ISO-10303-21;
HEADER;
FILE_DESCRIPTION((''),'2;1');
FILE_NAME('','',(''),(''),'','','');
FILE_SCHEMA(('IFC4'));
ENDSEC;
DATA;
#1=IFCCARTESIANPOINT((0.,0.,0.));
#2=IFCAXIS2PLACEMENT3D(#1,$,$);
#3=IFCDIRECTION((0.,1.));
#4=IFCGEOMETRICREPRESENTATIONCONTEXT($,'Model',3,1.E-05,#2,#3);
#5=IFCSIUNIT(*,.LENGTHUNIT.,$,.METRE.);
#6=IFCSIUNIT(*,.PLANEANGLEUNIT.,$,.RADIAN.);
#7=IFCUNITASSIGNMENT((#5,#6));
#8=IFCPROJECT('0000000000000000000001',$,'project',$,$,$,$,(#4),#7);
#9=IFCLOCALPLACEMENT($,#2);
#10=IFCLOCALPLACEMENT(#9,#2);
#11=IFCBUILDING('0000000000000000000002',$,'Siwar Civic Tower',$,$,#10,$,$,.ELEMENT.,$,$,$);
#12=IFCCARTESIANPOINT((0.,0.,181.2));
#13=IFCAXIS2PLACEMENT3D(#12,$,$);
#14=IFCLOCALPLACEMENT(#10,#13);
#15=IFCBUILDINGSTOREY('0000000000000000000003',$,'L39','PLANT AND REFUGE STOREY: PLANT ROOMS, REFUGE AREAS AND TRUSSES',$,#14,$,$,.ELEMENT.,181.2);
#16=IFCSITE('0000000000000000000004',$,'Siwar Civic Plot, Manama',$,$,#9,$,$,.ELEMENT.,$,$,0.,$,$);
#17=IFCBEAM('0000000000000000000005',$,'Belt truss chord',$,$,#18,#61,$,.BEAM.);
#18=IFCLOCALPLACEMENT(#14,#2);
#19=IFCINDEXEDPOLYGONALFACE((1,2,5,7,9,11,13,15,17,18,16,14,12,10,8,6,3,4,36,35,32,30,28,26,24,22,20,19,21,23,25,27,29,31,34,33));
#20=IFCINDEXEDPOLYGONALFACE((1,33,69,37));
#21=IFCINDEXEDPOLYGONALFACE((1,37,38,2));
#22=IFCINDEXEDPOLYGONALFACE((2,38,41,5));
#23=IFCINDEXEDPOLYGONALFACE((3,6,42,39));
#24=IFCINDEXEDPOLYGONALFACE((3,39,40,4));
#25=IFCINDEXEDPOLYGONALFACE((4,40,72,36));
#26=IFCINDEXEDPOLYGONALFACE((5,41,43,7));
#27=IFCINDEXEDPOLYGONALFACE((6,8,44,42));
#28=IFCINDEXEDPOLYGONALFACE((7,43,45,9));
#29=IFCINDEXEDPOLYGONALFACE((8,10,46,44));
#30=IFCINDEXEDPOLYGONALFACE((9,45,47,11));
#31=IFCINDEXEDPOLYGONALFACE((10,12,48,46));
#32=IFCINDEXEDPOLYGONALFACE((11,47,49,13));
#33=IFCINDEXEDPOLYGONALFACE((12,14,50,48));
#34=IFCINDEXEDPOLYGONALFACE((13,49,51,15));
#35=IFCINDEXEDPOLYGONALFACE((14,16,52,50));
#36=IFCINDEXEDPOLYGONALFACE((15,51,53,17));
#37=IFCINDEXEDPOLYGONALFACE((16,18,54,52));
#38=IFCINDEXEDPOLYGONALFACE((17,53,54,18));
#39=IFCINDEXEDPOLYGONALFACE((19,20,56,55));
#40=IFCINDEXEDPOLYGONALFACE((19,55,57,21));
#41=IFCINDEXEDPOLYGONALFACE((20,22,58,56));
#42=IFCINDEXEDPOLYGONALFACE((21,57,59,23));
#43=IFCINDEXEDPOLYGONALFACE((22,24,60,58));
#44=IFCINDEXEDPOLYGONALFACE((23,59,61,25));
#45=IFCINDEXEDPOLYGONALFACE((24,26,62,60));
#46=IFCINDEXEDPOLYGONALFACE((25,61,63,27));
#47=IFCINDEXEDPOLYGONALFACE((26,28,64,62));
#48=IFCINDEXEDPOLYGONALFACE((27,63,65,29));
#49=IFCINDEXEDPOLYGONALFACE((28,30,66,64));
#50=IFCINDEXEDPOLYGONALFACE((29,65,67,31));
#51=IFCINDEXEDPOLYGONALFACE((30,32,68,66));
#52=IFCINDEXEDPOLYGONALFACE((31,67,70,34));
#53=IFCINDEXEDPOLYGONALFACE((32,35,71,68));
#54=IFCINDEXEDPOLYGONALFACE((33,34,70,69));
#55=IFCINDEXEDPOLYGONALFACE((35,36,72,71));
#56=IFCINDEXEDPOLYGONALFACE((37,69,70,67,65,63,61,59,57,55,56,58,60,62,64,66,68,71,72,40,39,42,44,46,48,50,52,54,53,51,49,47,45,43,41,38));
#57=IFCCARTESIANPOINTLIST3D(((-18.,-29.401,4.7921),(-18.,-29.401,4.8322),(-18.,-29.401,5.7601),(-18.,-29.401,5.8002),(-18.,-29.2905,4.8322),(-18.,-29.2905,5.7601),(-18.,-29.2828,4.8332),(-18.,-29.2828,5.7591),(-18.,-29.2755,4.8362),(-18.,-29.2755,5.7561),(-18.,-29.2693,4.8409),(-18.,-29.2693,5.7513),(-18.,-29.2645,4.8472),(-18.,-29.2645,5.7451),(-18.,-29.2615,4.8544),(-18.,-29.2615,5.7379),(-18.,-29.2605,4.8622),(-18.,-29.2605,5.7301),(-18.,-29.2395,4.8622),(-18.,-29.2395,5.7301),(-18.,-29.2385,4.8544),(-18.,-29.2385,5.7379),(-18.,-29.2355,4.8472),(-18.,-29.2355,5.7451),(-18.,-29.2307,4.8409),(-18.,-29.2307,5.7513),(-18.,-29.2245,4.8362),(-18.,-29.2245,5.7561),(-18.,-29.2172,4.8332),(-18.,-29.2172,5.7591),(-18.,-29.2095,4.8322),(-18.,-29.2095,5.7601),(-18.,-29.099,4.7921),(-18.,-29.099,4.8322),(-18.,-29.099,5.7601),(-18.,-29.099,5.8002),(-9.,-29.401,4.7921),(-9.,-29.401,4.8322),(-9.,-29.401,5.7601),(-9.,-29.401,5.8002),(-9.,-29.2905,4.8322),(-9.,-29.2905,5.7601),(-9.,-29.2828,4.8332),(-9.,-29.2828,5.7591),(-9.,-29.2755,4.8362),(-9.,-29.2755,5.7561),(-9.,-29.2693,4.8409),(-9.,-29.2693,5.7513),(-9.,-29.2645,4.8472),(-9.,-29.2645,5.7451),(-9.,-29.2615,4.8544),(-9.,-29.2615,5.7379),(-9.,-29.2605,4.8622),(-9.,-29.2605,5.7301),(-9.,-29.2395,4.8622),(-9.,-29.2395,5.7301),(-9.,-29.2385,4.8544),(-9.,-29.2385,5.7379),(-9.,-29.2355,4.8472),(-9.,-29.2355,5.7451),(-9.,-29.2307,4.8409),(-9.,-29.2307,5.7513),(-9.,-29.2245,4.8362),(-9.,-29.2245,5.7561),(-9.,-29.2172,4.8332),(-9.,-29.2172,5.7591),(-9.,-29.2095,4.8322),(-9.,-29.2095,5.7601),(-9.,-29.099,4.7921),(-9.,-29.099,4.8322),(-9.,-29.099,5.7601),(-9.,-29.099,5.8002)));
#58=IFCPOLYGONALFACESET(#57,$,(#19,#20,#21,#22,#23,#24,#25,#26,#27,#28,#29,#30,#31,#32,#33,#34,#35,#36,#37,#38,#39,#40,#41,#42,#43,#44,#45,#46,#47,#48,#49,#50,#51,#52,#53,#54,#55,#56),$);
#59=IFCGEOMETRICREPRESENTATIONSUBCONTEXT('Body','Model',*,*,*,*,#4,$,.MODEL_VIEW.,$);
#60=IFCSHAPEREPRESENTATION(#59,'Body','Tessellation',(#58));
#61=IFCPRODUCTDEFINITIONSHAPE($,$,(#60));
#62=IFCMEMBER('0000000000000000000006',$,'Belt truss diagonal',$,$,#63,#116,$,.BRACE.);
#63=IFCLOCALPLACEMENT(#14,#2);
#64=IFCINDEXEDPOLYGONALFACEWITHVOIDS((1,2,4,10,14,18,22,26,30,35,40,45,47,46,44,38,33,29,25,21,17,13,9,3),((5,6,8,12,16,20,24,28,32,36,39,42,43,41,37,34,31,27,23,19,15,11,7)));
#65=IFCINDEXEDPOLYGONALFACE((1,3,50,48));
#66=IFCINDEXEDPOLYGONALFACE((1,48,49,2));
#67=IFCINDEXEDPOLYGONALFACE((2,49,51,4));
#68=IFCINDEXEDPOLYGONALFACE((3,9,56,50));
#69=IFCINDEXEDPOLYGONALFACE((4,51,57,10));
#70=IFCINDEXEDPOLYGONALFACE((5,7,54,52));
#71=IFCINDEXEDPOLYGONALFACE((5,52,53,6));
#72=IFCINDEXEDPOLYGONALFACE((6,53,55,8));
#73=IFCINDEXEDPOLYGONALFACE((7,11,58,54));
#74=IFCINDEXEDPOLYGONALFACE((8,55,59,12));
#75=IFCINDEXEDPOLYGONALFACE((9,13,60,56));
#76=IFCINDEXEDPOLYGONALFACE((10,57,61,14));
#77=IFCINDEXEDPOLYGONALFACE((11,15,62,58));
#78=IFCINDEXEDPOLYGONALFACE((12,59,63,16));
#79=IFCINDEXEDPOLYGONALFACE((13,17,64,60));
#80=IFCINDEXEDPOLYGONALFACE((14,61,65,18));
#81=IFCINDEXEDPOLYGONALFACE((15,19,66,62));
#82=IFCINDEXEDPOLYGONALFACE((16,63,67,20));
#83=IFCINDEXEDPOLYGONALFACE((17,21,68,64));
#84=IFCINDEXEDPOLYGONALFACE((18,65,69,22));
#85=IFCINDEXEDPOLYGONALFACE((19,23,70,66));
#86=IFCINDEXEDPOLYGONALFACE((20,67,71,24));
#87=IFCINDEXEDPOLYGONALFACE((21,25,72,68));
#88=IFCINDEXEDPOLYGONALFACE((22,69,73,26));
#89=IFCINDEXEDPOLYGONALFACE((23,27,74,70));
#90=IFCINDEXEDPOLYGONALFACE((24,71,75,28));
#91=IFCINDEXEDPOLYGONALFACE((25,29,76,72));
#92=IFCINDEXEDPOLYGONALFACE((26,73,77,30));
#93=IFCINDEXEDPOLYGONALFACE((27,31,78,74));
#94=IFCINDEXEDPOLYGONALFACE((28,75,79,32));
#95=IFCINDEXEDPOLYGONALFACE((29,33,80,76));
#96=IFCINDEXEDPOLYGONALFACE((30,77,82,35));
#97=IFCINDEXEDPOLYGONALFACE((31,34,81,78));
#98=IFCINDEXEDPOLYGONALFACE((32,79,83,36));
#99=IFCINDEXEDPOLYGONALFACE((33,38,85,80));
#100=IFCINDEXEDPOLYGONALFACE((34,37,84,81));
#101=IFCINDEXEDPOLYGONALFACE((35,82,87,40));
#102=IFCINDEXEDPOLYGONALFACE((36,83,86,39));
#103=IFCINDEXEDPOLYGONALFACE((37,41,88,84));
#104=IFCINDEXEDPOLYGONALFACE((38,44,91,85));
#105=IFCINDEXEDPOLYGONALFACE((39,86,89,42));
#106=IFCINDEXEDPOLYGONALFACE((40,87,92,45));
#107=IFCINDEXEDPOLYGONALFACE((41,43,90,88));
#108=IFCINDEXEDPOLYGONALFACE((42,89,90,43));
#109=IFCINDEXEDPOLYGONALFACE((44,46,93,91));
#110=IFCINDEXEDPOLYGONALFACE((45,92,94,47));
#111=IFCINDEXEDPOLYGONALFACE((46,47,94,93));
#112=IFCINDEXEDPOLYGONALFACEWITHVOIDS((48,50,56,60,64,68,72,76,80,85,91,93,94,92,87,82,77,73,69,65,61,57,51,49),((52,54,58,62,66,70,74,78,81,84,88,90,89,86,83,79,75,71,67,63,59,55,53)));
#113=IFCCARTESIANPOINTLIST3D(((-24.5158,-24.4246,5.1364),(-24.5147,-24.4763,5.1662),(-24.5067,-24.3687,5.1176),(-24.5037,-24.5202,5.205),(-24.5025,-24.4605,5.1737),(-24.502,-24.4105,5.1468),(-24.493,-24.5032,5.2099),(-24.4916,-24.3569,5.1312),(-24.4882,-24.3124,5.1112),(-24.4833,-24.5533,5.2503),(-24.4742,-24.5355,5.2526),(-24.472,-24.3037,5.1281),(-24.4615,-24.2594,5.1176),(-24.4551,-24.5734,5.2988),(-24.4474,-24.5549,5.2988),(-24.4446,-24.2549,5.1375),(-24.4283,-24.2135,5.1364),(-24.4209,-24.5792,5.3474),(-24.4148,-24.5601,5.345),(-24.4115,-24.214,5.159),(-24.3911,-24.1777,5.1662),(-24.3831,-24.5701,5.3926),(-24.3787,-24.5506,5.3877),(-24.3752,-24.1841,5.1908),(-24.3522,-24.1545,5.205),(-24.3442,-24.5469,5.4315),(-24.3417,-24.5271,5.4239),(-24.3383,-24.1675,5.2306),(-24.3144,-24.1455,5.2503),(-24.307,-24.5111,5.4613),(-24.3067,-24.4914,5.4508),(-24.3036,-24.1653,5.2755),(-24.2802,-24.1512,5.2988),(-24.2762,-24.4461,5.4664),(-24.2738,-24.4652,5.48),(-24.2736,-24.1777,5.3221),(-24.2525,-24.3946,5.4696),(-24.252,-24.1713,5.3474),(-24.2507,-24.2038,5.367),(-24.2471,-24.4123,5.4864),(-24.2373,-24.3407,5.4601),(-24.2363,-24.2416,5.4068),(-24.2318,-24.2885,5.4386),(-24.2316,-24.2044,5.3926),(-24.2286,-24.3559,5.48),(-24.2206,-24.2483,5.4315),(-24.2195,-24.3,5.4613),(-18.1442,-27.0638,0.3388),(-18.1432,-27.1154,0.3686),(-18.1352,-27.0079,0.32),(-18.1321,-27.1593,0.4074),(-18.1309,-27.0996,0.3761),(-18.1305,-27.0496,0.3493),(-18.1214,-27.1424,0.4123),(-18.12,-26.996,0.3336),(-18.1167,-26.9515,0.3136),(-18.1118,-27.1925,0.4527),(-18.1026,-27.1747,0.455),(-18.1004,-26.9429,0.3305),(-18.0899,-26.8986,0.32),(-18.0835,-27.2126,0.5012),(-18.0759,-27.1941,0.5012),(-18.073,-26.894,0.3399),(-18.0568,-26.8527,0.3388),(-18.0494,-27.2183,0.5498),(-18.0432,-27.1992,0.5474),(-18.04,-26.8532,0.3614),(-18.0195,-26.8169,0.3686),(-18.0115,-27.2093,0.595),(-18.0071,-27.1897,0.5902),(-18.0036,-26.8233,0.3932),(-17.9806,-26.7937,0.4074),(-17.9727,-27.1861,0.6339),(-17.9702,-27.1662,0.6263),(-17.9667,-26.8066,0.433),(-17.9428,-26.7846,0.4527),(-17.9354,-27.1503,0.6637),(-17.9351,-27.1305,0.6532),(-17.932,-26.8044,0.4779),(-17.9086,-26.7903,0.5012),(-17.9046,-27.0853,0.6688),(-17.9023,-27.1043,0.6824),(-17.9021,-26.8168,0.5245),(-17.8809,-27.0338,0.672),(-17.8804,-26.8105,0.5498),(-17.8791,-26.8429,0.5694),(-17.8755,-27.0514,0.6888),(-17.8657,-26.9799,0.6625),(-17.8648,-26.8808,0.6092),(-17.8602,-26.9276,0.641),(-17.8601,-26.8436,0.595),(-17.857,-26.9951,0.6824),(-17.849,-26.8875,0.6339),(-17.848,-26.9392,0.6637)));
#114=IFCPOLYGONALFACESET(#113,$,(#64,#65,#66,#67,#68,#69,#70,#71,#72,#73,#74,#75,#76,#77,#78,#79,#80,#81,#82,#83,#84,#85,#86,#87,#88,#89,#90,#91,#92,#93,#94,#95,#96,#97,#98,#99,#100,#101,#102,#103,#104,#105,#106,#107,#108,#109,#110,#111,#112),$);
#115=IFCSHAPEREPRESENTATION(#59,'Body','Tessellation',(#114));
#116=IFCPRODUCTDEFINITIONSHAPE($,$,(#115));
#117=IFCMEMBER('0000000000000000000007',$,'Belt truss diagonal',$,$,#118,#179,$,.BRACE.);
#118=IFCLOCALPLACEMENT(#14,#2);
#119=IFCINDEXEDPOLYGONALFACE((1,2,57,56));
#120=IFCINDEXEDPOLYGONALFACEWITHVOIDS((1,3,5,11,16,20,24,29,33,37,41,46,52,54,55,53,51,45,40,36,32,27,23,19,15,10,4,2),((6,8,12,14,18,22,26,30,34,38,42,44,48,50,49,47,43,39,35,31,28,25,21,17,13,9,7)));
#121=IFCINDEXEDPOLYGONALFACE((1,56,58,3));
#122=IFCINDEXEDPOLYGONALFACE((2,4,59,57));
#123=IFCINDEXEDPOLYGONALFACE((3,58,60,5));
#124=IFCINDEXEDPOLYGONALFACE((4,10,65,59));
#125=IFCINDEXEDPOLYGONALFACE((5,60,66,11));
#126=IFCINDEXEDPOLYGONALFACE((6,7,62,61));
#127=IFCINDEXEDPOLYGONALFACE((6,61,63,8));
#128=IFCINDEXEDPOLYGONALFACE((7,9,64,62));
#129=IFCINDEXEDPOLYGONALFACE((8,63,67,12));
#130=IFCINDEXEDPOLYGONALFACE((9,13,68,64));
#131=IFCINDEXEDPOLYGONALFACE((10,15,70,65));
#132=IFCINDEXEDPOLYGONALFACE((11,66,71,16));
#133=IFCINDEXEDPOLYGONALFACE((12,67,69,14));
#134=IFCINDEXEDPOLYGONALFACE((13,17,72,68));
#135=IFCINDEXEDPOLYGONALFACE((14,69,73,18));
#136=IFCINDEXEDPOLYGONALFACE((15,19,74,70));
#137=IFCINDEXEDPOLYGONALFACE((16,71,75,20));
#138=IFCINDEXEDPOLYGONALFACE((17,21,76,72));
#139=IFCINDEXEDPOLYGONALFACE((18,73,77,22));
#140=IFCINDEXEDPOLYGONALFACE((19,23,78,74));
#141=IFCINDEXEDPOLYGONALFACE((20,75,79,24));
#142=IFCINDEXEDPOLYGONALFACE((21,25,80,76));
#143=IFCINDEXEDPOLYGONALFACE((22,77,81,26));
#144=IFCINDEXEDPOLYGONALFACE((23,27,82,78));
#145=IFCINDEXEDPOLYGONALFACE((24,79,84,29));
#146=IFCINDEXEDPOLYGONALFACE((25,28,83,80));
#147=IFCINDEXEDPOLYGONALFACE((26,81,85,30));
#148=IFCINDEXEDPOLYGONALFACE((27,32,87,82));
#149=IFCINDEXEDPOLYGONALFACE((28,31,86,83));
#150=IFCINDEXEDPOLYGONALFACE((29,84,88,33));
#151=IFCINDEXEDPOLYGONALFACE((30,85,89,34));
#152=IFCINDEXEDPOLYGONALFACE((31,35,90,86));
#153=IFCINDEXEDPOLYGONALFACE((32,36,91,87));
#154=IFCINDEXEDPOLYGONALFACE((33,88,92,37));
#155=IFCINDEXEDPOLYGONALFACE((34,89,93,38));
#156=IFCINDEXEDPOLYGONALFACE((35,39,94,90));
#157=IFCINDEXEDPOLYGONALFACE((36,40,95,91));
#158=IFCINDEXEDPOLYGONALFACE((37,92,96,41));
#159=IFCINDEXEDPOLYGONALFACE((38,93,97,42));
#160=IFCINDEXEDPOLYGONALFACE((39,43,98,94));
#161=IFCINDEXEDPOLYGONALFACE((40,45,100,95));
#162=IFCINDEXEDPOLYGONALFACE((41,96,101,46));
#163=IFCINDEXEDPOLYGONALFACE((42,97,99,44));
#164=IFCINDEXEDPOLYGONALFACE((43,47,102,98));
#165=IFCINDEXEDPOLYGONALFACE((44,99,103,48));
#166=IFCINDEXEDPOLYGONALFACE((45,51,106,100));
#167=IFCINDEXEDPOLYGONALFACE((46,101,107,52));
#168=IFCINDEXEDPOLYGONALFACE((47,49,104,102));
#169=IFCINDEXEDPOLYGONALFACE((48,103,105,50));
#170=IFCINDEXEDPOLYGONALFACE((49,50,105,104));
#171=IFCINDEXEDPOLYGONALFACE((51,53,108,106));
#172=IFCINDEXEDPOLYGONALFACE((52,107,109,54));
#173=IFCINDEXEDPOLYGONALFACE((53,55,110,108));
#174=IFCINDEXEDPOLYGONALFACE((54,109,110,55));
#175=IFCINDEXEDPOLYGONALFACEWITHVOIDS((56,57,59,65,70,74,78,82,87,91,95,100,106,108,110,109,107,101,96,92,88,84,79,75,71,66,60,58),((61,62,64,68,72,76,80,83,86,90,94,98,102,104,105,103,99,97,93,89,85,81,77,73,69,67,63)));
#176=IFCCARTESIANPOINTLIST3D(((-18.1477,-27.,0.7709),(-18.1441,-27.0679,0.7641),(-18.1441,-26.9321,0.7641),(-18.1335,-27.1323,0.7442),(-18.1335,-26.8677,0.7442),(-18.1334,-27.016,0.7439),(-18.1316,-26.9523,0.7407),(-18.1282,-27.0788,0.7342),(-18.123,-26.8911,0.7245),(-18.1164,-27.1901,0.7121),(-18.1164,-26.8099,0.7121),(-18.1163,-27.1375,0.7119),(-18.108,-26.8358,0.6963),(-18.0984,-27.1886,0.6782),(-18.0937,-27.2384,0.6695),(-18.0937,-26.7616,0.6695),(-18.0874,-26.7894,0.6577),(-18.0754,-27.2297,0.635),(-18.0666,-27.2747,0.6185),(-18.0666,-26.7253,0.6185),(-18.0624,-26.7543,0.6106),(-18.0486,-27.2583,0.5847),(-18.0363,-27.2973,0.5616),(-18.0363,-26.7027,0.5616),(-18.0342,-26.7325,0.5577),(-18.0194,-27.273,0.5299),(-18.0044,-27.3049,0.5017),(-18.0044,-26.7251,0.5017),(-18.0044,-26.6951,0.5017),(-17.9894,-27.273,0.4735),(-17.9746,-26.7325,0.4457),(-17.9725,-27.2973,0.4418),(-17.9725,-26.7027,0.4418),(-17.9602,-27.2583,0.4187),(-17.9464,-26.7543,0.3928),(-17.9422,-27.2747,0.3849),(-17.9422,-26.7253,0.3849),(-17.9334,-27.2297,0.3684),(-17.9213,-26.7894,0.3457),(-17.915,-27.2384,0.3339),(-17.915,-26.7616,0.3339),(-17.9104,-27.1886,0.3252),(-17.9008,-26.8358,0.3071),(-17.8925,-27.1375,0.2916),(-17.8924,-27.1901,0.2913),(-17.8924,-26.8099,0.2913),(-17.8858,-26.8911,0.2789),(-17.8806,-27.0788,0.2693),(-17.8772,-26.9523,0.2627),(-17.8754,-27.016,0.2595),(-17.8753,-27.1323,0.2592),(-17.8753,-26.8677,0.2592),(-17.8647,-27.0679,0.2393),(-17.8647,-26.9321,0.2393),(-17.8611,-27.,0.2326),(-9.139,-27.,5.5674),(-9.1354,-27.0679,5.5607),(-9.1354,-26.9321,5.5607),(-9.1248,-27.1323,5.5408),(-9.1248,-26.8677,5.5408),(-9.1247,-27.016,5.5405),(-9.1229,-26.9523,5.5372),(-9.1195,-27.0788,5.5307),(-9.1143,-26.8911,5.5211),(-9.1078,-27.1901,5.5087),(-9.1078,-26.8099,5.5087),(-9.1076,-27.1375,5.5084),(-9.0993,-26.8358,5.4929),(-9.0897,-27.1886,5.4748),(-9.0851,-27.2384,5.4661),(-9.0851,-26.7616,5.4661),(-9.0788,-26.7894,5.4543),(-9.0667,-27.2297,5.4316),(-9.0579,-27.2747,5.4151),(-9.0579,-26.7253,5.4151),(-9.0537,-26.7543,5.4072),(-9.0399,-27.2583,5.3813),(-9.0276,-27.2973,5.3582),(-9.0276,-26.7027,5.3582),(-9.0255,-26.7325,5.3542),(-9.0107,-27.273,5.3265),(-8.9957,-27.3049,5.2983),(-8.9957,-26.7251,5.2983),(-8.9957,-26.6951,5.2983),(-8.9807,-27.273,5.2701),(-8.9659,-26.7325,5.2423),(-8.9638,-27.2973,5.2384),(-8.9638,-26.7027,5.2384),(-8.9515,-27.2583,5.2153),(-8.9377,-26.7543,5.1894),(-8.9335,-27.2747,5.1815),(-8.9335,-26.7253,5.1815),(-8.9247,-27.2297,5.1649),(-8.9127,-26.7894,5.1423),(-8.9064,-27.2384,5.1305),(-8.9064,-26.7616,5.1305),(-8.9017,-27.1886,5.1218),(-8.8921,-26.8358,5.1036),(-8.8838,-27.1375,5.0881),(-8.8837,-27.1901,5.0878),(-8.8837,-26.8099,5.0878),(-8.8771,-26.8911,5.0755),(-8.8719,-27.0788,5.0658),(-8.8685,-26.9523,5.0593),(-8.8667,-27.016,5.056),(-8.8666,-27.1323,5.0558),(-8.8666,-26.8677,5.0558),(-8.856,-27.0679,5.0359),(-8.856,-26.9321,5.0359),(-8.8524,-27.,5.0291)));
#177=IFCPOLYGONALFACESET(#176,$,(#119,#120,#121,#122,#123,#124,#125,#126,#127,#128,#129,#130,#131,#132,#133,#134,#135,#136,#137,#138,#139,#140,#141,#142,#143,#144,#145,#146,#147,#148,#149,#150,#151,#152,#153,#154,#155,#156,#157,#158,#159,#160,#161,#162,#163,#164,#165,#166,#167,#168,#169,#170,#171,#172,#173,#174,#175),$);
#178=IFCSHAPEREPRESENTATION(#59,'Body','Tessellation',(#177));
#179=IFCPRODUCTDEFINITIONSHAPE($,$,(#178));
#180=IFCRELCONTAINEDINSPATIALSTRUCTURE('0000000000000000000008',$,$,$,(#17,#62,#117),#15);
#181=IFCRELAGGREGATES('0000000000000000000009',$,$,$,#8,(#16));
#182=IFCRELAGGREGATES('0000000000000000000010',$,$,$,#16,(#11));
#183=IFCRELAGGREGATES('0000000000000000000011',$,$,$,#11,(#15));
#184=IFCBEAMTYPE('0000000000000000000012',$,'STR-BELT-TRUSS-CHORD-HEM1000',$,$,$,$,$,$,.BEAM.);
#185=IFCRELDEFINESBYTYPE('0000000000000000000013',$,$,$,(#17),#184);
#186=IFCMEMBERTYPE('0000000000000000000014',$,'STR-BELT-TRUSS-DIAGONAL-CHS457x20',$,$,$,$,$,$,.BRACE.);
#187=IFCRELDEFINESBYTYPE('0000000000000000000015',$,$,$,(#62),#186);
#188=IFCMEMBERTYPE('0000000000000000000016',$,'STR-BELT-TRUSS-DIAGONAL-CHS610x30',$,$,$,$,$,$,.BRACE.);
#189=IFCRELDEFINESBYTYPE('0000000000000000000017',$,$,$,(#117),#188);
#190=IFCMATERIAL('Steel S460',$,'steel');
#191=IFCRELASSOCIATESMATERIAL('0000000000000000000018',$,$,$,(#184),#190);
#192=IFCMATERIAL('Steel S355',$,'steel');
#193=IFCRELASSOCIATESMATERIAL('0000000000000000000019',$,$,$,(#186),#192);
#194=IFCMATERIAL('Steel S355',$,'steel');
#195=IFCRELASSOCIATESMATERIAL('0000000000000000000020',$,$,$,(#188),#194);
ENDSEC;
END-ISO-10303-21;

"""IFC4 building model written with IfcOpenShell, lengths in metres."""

from ifc_helpers import new_model, si_unit, direction, frame, origin, origin_2d, place, context, subcontext, project, spatial, hollow_circle, i_section, extrude, material, material_profile, profile_set, type_object, element, save


model = new_model("IFC4")

# Units and contexts
model_context = context("Model", 3, precision=1e-05, world=origin(), true_north=direction((0.0, 1.0)))
body_context = subcontext(model_context, "Body", "Model", "MODEL_VIEW")
ifc_project = project(units=[si_unit("LENGTHUNIT", "METRE"), si_unit("PLANEANGLEUNIT", "RADIAN")], contexts=[model_context])

# Site, building, storey
site_placement = place(None, origin())
site = spatial("IfcSite", under=ifc_project, at=site_placement, Name="Siwar Civic Plot, Manama", CompositionType="ELEMENT", RefElevation=0.0)
building_placement = place(site_placement, origin())
building = spatial("IfcBuilding", under=site, at=building_placement, Name="Siwar Civic Tower", CompositionType="ELEMENT")
storey_placement = place(building_placement, frame((0.0, 0.0, 181.2)))
storey = spatial("IfcBuildingStorey", under=building, at=storey_placement, Name="L39", Description="PLANT AND REFUGE STOREY: PLANT ROOMS, REFUGE AREAS AND TRUSSES", CompositionType="ELEMENT", Elevation=181.2)

# Beam
ifc_material_1 = material(Name="Steel S460", Category="steel")
ifc_material_profile_1 = material_profile(ifc_material_1, i_section(OverallWidth=0.302, OverallDepth=1.0081, WebThickness=0.021, FlangeThickness=0.04, FilletRadius=0.03, at=origin_2d()), Name="HEM1000")
ifc_profile_set_1 = profile_set([ifc_material_profile_1], Name="Steel S460")
beam_type_1 = type_object("IfcBeamType", Name="STR-BELT-TRUSS-CHORD-HEM1000", PredefinedType="BEAM", material=ifc_profile_set_1)
for number, where, z_axis, x_axis, name in (
    (1, (-18.0, -29.25, 5.2961), (1.0, 0.0, 0.0), (0.0, 1.0, 0.0), "Belt truss chord"),
):
    element("IfcBeam", number, at=place(storey_placement, frame(where, z_axis=z_axis, x_axis=x_axis)), inside=storey, type_object=beam_type_1, Name=name, PredefinedType="BEAM", context=body_context, shape_type="SweptSolid", body=[
        extrude(i_section(OverallWidth=0.302, OverallDepth=1.0081, WebThickness=0.021, FlangeThickness=0.04, FilletRadius=0.03, at=origin_2d()), origin(), (0.0, 0.0, 1.0), 9.0),
    ])

# Members
ifc_material_2 = material(Name="Steel S355", Category="steel")
ifc_material_profile_2 = material_profile(ifc_material_2, hollow_circle(Radius=0.2285, WallThickness=0.02, at=origin_2d()), Name="CHS457x20")
ifc_profile_set_2 = profile_set([ifc_material_profile_2], Name="Steel S355")
member_type_1 = type_object("IfcMemberType", Name="STR-BELT-TRUSS-DIAGONAL-CHS457x20", PredefinedType="BRACE", material=ifc_profile_set_2)
member_1_placement = place(storey_placement, frame((-17.9961, -27.0015, 0.5012), z_axis=(-0.758418, 0.314143, 0.571066), x_axis=(-0.382679, -0.923881, 0.0)))
element("IfcMember", 2, at=member_1_placement, inside=storey, type_object=member_type_1, Name="Belt truss diagonal", PredefinedType="BRACE", context=body_context, shape_type="SweptSolid", body=[
    extrude(hollow_circle(Radius=0.2285, WallThickness=0.02, at=origin_2d()), origin(), (0.0, 0.0, 1.0), 8.4011),
])
ifc_material_3 = material(Name="Steel S355", Category="steel")
ifc_material_profile_3 = material_profile(ifc_material_3, hollow_circle(Radius=0.3049, WallThickness=0.03, at=origin_2d()), Name="CHS610x30")
ifc_profile_set_3 = profile_set([ifc_material_profile_3], Name="Steel S355")
member_type_2 = type_object("IfcMemberType", Name="STR-BELT-TRUSS-DIAGONAL-CHS610x30", PredefinedType="BRACE", material=ifc_profile_set_3)
for number, where, z_axis, x_axis, name in (
    (3, (-18.0044, -27.0, 0.5017), (0.882681, 0.0, 0.469974), (0.0, 1.0, 0.0), "Belt truss diagonal"),
):
    element("IfcMember", number, at=place(storey_placement, frame(where, z_axis=z_axis, x_axis=x_axis)), inside=storey, type_object=member_type_2, Name=name, PredefinedType="BRACE", context=body_context, shape_type="SweptSolid", body=[
        extrude(hollow_circle(Radius=0.3049, WallThickness=0.03, at=origin_2d()), origin(), (0.0, 0.0, 1.0), 10.2061),
    ])

save(model, "model.ifc")
